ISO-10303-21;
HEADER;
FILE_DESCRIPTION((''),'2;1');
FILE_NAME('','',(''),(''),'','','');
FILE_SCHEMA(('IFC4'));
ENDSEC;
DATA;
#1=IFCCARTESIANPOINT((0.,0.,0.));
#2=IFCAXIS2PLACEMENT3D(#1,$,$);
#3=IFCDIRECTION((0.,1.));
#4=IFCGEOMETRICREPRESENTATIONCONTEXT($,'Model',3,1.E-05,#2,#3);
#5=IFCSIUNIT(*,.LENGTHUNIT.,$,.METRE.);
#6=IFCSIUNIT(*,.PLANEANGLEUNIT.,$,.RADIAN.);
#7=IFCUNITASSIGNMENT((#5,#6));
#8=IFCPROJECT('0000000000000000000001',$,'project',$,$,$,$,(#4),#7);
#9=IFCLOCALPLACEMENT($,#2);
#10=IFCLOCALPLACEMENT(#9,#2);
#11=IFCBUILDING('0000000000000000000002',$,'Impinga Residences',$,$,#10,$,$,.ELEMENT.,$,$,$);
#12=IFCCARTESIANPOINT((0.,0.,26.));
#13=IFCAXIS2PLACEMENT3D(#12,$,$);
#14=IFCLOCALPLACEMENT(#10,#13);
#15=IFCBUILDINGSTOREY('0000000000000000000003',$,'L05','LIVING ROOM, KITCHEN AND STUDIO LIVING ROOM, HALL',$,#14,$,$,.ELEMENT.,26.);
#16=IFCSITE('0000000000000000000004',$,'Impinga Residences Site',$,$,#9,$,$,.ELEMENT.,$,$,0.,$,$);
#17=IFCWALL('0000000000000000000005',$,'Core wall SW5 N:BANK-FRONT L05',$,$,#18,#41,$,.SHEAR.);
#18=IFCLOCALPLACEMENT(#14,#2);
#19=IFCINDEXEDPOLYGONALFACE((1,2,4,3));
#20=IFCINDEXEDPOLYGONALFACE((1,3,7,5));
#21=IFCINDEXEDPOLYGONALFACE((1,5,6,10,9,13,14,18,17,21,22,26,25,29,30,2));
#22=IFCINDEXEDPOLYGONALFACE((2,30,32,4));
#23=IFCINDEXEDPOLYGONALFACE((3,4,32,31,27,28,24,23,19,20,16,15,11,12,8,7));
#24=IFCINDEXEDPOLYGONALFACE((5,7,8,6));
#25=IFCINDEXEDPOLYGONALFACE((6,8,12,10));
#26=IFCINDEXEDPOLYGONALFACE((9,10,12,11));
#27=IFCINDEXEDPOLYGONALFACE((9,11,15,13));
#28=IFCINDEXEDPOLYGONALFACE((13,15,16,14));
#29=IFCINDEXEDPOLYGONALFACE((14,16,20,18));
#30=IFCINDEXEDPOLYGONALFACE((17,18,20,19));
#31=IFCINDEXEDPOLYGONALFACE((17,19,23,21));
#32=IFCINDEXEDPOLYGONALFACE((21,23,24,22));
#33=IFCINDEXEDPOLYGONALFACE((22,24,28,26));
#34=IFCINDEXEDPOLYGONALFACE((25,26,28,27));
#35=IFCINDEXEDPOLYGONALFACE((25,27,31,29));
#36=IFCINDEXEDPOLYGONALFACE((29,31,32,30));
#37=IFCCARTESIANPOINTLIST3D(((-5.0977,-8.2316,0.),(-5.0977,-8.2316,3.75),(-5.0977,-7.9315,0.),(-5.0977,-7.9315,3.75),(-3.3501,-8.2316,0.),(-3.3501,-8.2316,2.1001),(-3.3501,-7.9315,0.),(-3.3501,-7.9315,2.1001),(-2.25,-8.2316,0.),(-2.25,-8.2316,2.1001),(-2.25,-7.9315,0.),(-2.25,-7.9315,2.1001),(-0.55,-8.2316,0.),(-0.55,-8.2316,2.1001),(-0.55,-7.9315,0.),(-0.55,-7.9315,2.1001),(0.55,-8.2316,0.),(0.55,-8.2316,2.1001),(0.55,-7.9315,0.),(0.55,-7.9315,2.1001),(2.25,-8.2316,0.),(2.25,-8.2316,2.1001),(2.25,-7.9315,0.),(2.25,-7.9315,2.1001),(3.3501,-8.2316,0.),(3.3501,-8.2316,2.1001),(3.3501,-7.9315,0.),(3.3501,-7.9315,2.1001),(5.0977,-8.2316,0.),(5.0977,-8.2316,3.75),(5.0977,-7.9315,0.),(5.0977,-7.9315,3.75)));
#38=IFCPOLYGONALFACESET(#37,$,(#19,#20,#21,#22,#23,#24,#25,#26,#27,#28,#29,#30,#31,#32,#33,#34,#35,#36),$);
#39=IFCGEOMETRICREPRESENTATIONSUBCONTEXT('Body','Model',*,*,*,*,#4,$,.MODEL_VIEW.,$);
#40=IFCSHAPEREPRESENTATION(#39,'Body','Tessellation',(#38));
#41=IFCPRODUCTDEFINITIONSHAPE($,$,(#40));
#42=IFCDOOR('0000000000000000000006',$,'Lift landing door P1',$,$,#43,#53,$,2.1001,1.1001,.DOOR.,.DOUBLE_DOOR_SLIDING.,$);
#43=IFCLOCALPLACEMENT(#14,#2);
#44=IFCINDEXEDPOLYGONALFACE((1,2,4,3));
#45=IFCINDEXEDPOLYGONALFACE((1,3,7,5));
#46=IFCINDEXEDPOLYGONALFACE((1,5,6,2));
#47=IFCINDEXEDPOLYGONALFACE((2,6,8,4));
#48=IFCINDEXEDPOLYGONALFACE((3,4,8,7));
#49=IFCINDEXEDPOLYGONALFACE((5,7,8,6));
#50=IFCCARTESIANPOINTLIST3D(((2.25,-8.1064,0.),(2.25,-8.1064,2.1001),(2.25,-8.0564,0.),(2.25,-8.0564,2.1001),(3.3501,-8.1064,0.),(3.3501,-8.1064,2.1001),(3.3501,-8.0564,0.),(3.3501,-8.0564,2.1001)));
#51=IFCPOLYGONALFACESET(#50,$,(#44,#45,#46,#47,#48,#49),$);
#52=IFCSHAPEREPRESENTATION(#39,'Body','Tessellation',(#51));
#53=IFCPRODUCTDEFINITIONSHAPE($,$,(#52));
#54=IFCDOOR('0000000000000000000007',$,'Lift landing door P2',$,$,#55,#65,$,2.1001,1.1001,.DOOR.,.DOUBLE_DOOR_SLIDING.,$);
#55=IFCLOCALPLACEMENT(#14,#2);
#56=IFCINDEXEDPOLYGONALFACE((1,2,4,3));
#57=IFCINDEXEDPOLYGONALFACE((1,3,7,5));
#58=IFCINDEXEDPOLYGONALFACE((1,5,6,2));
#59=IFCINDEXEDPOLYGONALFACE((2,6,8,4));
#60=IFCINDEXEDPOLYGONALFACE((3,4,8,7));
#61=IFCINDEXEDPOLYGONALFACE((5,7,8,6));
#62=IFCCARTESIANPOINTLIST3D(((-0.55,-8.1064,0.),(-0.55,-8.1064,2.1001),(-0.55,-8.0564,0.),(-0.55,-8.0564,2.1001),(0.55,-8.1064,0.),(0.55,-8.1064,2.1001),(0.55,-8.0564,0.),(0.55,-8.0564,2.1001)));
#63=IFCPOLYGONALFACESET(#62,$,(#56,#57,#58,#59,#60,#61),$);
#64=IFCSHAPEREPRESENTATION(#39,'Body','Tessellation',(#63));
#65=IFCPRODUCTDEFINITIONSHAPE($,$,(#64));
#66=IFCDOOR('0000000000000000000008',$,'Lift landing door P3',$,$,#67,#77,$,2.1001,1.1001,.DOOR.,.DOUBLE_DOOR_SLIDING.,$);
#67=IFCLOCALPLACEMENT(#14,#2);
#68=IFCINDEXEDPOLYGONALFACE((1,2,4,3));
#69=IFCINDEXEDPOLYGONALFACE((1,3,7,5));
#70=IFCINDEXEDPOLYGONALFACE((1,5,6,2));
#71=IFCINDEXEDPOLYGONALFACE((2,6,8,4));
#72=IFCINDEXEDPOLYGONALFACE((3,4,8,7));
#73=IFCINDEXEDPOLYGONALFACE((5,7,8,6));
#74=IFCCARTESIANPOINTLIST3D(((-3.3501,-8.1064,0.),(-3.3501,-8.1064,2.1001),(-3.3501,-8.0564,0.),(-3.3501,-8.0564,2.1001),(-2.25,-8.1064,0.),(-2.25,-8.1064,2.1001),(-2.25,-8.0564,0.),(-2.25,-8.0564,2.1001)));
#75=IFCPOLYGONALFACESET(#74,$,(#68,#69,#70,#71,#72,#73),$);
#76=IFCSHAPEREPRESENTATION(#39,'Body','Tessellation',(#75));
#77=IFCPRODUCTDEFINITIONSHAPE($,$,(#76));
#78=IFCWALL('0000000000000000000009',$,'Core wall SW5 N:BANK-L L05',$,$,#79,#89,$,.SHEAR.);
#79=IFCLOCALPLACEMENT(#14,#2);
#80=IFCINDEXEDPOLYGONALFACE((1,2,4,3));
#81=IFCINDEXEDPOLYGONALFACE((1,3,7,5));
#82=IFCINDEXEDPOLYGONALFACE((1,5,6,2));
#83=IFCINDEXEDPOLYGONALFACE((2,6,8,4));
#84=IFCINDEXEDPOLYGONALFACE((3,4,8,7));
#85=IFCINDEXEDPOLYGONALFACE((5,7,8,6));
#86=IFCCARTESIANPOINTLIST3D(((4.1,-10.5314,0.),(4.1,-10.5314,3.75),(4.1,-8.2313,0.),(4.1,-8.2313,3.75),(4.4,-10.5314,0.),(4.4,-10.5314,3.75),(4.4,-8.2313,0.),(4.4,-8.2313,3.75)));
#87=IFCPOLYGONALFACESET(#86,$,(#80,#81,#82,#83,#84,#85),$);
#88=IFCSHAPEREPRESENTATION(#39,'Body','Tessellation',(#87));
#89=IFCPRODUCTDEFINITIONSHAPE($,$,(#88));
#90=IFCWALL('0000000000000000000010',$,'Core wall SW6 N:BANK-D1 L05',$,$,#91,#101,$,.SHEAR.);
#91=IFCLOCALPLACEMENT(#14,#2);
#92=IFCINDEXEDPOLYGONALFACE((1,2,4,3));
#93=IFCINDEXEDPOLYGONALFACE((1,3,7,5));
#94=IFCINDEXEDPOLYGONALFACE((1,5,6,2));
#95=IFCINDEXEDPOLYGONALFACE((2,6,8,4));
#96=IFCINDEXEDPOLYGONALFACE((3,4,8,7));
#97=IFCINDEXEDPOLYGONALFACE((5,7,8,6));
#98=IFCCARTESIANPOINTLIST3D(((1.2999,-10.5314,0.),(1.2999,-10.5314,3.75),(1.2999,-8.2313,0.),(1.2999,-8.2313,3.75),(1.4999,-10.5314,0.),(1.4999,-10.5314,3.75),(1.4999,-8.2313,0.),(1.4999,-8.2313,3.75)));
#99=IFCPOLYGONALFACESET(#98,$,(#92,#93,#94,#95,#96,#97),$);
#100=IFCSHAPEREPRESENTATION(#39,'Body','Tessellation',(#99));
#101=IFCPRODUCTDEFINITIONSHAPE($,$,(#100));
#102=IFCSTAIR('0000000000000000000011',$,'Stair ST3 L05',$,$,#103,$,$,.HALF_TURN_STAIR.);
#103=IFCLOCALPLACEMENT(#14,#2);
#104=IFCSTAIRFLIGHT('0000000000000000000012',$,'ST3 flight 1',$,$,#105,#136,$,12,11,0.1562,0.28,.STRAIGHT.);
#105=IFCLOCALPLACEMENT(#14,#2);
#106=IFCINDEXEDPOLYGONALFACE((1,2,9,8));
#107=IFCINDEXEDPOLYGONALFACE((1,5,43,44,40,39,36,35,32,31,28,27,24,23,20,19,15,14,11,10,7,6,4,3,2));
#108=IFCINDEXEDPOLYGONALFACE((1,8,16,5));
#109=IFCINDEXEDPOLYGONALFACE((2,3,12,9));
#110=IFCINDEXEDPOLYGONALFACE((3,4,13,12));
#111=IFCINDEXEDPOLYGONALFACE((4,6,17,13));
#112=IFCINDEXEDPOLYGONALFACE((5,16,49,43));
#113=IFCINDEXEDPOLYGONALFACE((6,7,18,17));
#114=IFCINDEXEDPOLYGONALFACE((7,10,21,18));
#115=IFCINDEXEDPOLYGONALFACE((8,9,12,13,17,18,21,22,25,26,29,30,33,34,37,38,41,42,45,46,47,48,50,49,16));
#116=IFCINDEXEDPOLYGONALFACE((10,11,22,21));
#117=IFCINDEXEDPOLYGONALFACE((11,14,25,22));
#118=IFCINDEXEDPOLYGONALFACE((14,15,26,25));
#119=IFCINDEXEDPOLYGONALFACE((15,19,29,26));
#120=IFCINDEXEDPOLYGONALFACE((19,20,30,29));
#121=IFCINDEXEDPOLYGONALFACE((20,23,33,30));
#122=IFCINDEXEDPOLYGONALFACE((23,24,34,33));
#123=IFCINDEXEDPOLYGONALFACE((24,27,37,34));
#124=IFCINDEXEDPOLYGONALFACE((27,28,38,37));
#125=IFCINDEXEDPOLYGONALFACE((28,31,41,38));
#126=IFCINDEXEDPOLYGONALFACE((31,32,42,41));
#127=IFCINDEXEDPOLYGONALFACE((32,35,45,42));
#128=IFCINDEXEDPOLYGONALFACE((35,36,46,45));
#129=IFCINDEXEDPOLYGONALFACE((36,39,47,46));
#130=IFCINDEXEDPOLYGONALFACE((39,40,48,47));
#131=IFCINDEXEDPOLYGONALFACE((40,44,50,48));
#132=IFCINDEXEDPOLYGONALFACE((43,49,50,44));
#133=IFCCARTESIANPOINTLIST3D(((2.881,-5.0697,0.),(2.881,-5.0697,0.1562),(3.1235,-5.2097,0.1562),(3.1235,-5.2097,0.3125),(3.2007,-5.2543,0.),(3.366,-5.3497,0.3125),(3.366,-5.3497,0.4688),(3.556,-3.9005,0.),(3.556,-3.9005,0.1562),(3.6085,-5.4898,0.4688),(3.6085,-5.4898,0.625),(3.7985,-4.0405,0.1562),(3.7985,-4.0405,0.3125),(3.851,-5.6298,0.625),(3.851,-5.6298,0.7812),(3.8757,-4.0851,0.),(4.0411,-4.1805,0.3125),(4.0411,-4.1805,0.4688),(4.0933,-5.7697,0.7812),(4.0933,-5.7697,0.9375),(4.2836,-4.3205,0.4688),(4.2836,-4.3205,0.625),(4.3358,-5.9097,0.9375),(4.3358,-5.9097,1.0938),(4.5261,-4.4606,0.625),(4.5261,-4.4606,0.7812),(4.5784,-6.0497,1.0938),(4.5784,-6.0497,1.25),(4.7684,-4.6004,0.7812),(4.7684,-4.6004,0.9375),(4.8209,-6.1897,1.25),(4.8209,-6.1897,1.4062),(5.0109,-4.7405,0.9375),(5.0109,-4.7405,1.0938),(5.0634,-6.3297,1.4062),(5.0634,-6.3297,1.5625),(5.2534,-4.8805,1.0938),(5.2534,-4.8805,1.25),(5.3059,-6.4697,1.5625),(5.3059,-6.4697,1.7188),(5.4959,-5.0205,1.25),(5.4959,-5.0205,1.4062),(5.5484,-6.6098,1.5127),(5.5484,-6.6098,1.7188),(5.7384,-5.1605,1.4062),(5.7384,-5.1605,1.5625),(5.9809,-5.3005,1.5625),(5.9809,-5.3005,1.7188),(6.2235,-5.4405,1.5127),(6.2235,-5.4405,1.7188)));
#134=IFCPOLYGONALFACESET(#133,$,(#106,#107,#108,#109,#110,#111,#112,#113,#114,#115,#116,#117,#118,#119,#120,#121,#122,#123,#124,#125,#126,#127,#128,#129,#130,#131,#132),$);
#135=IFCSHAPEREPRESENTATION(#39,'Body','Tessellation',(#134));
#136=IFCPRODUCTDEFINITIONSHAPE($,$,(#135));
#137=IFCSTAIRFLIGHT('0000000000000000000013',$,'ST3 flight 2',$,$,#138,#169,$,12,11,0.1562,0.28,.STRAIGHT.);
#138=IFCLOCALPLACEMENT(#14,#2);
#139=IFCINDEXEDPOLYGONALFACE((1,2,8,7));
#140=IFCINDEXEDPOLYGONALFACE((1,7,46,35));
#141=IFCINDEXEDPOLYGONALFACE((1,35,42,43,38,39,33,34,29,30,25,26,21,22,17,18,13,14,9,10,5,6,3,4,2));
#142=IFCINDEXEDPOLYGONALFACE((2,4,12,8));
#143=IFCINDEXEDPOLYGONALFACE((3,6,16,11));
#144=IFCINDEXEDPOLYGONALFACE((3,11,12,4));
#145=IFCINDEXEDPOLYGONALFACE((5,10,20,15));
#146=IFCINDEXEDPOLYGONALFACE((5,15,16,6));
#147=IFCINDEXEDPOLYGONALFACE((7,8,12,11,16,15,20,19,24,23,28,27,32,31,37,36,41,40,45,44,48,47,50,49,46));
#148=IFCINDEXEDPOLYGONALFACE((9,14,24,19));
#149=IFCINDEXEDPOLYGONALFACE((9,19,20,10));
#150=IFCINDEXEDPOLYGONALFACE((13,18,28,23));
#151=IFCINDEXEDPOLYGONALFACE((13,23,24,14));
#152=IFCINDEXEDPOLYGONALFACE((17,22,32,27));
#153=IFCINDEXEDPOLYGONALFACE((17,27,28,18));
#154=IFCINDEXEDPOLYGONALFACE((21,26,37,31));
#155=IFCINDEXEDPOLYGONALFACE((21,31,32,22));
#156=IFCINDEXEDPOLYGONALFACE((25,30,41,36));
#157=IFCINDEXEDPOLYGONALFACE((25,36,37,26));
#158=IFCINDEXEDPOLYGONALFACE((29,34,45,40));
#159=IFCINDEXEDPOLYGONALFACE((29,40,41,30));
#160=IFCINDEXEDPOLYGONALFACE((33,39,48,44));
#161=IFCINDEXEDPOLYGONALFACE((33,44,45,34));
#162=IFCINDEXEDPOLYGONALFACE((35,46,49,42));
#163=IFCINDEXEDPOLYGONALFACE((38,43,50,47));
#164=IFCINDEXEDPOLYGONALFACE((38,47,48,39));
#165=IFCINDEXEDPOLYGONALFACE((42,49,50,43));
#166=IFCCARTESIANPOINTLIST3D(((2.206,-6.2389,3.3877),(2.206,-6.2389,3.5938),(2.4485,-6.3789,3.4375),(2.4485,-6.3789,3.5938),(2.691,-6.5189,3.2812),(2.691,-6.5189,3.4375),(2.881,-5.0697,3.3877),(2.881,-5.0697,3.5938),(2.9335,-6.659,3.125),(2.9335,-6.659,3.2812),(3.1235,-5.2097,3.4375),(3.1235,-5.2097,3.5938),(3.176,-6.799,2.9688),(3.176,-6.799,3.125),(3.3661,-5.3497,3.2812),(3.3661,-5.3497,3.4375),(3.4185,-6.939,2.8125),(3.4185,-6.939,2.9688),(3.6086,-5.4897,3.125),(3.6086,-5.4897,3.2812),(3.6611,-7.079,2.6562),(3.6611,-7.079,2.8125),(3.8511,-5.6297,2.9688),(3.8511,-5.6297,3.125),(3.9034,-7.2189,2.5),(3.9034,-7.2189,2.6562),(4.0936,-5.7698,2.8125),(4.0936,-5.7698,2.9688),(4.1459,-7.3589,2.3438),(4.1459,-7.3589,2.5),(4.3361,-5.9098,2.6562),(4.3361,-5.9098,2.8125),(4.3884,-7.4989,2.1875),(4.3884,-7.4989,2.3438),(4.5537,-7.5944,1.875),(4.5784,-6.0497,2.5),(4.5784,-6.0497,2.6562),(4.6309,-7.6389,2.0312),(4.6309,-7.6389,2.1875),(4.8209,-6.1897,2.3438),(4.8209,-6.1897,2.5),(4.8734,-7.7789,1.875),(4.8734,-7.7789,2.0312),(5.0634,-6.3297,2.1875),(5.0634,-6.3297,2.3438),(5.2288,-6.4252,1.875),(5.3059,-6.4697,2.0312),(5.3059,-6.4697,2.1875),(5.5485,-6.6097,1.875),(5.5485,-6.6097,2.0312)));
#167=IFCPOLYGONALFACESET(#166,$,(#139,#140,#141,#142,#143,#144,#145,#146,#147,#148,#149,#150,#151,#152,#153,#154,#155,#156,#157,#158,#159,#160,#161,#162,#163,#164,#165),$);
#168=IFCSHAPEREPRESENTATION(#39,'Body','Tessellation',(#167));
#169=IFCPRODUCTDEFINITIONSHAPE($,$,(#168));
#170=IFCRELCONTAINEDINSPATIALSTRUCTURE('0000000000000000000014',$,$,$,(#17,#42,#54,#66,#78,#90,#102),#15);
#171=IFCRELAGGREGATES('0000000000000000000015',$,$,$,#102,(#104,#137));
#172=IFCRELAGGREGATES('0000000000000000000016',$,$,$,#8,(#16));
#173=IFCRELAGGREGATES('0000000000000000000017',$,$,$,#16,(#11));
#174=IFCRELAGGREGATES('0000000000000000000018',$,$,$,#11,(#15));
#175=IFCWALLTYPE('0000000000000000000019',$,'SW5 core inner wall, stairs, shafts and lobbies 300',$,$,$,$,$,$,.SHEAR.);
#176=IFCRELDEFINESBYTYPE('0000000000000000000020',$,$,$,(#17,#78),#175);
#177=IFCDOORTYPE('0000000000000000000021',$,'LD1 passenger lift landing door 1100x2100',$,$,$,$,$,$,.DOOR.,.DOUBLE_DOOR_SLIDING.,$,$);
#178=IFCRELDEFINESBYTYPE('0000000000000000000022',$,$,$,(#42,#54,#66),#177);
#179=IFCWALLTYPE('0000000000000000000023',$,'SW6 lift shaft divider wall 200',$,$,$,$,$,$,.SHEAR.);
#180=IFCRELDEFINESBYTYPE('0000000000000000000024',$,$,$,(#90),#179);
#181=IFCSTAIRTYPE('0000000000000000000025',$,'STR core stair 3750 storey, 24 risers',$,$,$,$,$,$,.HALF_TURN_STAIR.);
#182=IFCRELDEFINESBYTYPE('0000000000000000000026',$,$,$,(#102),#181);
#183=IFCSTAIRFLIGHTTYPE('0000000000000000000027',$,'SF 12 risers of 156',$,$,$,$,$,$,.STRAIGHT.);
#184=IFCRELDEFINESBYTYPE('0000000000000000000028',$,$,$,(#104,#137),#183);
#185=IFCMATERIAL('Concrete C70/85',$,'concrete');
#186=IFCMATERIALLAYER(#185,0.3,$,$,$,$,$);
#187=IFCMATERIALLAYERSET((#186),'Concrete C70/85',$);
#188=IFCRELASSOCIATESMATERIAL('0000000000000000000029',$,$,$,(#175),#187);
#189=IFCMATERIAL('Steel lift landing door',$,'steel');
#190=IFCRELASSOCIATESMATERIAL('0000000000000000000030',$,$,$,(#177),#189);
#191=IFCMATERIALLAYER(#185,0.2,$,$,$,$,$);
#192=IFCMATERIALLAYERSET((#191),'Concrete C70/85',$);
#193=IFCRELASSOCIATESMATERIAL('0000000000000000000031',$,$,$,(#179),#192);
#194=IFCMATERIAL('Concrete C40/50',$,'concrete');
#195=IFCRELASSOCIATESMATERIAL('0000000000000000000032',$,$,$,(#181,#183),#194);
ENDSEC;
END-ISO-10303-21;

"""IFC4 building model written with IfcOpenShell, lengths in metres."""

from ifc_helpers import new_model, si_unit, direction, frame, frame_2d, origin, place, context, subcontext, project, spatial, polyline, rectangle, outline, extrude, material, layer, layer_set, type_object, element, fill, aggregate, save


model = new_model("IFC4")

# Units and contexts
model_context = context("Model", 3, precision=1e-05, world=origin(), true_north=direction((0.0, 1.0)))
body_context = subcontext(model_context, "Body", "Model", "MODEL_VIEW")
ifc_project = project(units=[si_unit("LENGTHUNIT", "METRE"), si_unit("PLANEANGLEUNIT", "RADIAN")], contexts=[model_context])

# Site, building, storey
site_placement = place(None, origin())
site = spatial("IfcSite", under=ifc_project, at=site_placement, Name="Impinga Residences Site", CompositionType="ELEMENT", RefElevation=0.0)
building_placement = place(site_placement, origin())
building = spatial("IfcBuilding", under=site, at=building_placement, Name="Impinga Residences", CompositionType="ELEMENT")
storey_placement = place(building_placement, frame((0.0, 0.0, 26.0)))
storey = spatial("IfcBuildingStorey", under=building, at=storey_placement, Name="L05", Description="LIVING ROOM, KITCHEN AND STUDIO LIVING ROOM, HALL", CompositionType="ELEMENT", Elevation=26.0)

# Shared definitions
ifc_material_1 = material(Name="Concrete C70/85", Category="concrete")

# Shared definitions
ifc_layer_1 = layer(ifc_material_1, 0.3)
ifc_layer_set_1 = layer_set([ifc_layer_1], Name="Concrete C70/85")
wall_type_1 = type_object("IfcWallType", Name="SW5 core inner wall, stairs, shafts and lobbies 300", PredefinedType="SHEAR", material=ifc_layer_set_1)

# Wall, openings, doors
wall_1_placement = place(storey_placement, frame((5.0977, -8.0815, 0.0), z_axis=(0.0, 0.0, 1.0), x_axis=(-1.0, 0.0, 0.0)))
wall_1 = element("IfcWall", 1, at=wall_1_placement, inside=storey, type_object=wall_type_1, Name="Core wall SW5 N:BANK-FRONT L05", PredefinedType="SHEAR", context=body_context, shape_type="SweptSolid", body=[
    extrude(rectangle(XDim=10.1953, YDim=0.3, at=frame_2d((5.0977, 0.0))), origin(), (0.0, 0.0, 1.0), 3.75),
])
opening_1_placement = place(wall_1_placement, frame((1.7476, 0.0, 0.0)))
opening_1 = element("IfcOpeningElement", 2, at=opening_1_placement, cuts=wall_1, PredefinedType="OPENING", context=body_context, shape_type="SweptSolid", body=[
    extrude(rectangle(XDim=1.1001, YDim=2.1001, at=frame_2d((0.55, 1.05))), frame((0.0, 0.1599, 0.0), z_axis=(0.0, -1.0, 0.0), x_axis=(1.0, 0.0, 0.0)), (0.0, 0.0, 1.0), 0.3201),
])
opening_2_placement = place(wall_1_placement, frame((4.5476, 0.0, 0.0)))
opening_2 = element("IfcOpeningElement", 3, at=opening_2_placement, cuts=wall_1, PredefinedType="OPENING", context=body_context, shape_type="SweptSolid", body=[
    extrude(rectangle(XDim=1.1001, YDim=2.1001, at=frame_2d((0.55, 1.05))), frame((0.0, 0.1599, 0.0), z_axis=(0.0, -1.0, 0.0), x_axis=(1.0, 0.0, 0.0)), (0.0, 0.0, 1.0), 0.3201),
])
opening_3_placement = place(wall_1_placement, frame((7.3477, 0.0, 0.0)))
opening_3 = element("IfcOpeningElement", 4, at=opening_3_placement, cuts=wall_1, PredefinedType="OPENING", context=body_context, shape_type="SweptSolid", body=[
    extrude(rectangle(XDim=1.1001, YDim=2.1001, at=frame_2d((0.55, 1.05))), frame((0.0, 0.1599, 0.0), z_axis=(0.0, -1.0, 0.0), x_axis=(1.0, 0.0, 0.0)), (0.0, 0.0, 1.0), 0.3201),
])
ifc_material_2 = material(Name="Steel lift landing door", Category="steel")
door_type_1 = type_object("IfcDoorType", Name="LD1 passenger lift landing door 1100x2100", OperationType="DOUBLE_DOOR_SLIDING", PredefinedType="DOOR", material=ifc_material_2)
door_1_placement = place(opening_1_placement, origin())
door_1 = element("IfcDoor", 5, at=door_1_placement, inside=storey, type_object=door_type_1, Name="Lift landing door P1", OperationType="DOUBLE_DOOR_SLIDING", OverallHeight=2.1001, OverallWidth=1.1001, PredefinedType="DOOR", context=body_context, shape_type="SweptSolid", body=[
    extrude(rectangle(XDim=1.1001, YDim=2.1001, at=frame_2d((0.55, 1.05))), frame((0.0, 0.0249, 0.0), z_axis=(0.0, -1.0, 0.0), x_axis=(1.0, 0.0, 0.0)), (0.0, 0.0, 1.0), 0.05),
])
fill(opening_1, door_1)
door_2_placement = place(opening_2_placement, origin())
door_2 = element("IfcDoor", 6, at=door_2_placement, inside=storey, type_object=door_type_1, Name="Lift landing door P2", OperationType="DOUBLE_DOOR_SLIDING", OverallHeight=2.1001, OverallWidth=1.1001, PredefinedType="DOOR", context=body_context, shape_type="SweptSolid", body=[
    extrude(rectangle(XDim=1.1001, YDim=2.1001, at=frame_2d((0.55, 1.05))), frame((0.0, 0.0249, 0.0), z_axis=(0.0, -1.0, 0.0), x_axis=(1.0, 0.0, 0.0)), (0.0, 0.0, 1.0), 0.05),
])
fill(opening_2, door_2)
door_3_placement = place(opening_3_placement, origin())
door_3 = element("IfcDoor", 7, at=door_3_placement, inside=storey, type_object=door_type_1, Name="Lift landing door P3", OperationType="DOUBLE_DOOR_SLIDING", OverallHeight=2.1001, OverallWidth=1.1001, PredefinedType="DOOR", context=body_context, shape_type="SweptSolid", body=[
    extrude(rectangle(XDim=1.1001, YDim=2.1001, at=frame_2d((0.55, 1.05))), frame((0.0, 0.0249, 0.0), z_axis=(0.0, -1.0, 0.0), x_axis=(1.0, 0.0, 0.0)), (0.0, 0.0, 1.0), 0.05),
])
fill(opening_3, door_3)

# Walls
wall_2_placement = place(storey_placement, frame((4.25, -8.2314, 0.0), z_axis=(0.0, 0.0, 1.0), x_axis=(0.0, -1.0, 0.0)))
element("IfcWall", 8, at=wall_2_placement, inside=storey, type_object=wall_type_1, Name="Core wall SW5 N:BANK-L L05", PredefinedType="SHEAR", context=body_context, shape_type="SweptSolid", body=[
    extrude(rectangle(XDim=2.3, YDim=0.3, at=frame_2d((1.1499, 0.0))), origin(), (0.0, 0.0, 1.0), 3.75),
])
ifc_layer_2 = layer(ifc_material_1, 0.2)
ifc_layer_set_2 = layer_set([ifc_layer_2], Name="Concrete C70/85")
wall_type_2 = type_object("IfcWallType", Name="SW6 lift shaft divider wall 200", PredefinedType="SHEAR", material=ifc_layer_set_2)
wall_3_placement = place(storey_placement, frame((1.3999, -8.2314, 0.0), z_axis=(0.0, 0.0, 1.0), x_axis=(0.0, -1.0, 0.0)))
element("IfcWall", 9, at=wall_3_placement, inside=storey, type_object=wall_type_2, Name="Core wall SW6 N:BANK-D1 L05", PredefinedType="SHEAR", context=body_context, shape_type="SweptSolid", body=[
    extrude(rectangle(XDim=2.3, YDim=0.2, at=frame_2d((1.1499, 0.0))), origin(), (0.0, 0.0, 1.0), 3.75),
])

# Stair, stair flights
ifc_material_3 = material(Name="Concrete C40/50", Category="concrete")
stair_type = type_object("IfcStairType", Name="STR core stair 3750 storey, 24 risers", PredefinedType="HALF_TURN_STAIR", material=ifc_material_3)
stair_placement = place(storey_placement, origin())
stair = element("IfcStair", 10, at=stair_placement, inside=storey, type_object=stair_type, Name="Stair ST3 L05", PredefinedType="HALF_TURN_STAIR")
stair_flight_type = type_object("IfcStairFlightType", Name="SF 12 risers of 156", PredefinedType="STRAIGHT", material=ifc_material_3)
stair_flight_1_placement = place(storey_placement, frame((3.2185, -4.4851, 0.0), z_axis=(0.0, 0.0, 1.0), x_axis=(0.866025, -0.5, 0.0)))
stair_flight_1 = element("IfcStairFlight", 11, at=stair_flight_1_placement, type_object=stair_flight_type, Name="ST3 flight 1", NumberOfRisers=12, NumberOfTreads=11, PredefinedType="STRAIGHT", RiserHeight=0.1562, TreadLength=0.28, context=body_context, shape_type="SweptSolid", body=[
    extrude(outline(polyline([(0.0, 0.0), (0.0, 0.1562), (0.28, 0.1562), (0.28, 0.3125), (0.5601, 0.3125), (0.5601, 0.4688), (0.8401, 0.4688), (0.8401, 0.625), (1.1201, 0.625), (1.1201, 0.7812), (1.3999, 0.7812), (1.3999, 0.9375), (1.6799, 0.9375), (1.6799, 1.0938), (1.96, 1.0938), (1.96, 1.25), (2.24, 1.25), (2.24, 1.4062), (2.52, 1.4062), (2.52, 1.5625), (2.8, 1.5625), (2.8, 1.7188), (3.0801, 1.7188), (3.0801, 1.875), (3.0801, 1.5127), (0.3691, 0.0), (0.0, 0.0)])), frame((0.0, 0.675, 0.0), z_axis=(0.0, -1.0, 0.0), x_axis=(1.0, 0.0, 0.0)), (0.0, 0.0, 1.0), 1.3501),
])
stair_flight_2_placement = place(storey_placement, frame((5.2109, -7.1943, 1.875), z_axis=(0.0, 0.0, 1.0), x_axis=(-0.866025, 0.5, 0.0)))
stair_flight_2 = element("IfcStairFlight", 12, at=stair_flight_2_placement, type_object=stair_flight_type, Name="ST3 flight 2", NumberOfRisers=12, NumberOfTreads=11, PredefinedType="STRAIGHT", RiserHeight=0.1562, TreadLength=0.28, context=body_context, shape_type="SweptSolid", body=[
    extrude(outline(polyline([(0.0, 0.0), (0.0, 0.1562), (0.28, 0.1562), (0.28, 0.3125), (0.5601, 0.3125), (0.5601, 0.4688), (0.8401, 0.4688), (0.8401, 0.625), (1.1201, 0.625), (1.1201, 0.7812), (1.3999, 0.7812), (1.3999, 0.9375), (1.6799, 0.9375), (1.6799, 1.0938), (1.96, 1.0938), (1.96, 1.25), (2.24, 1.25), (2.24, 1.4062), (2.52, 1.4062), (2.52, 1.5625), (2.8, 1.5625), (2.8, 1.7188), (3.0801, 1.7188), (3.0801, 1.875), (3.0801, 1.5127), (0.3691, 0.0), (0.0, 0.0)])), frame((0.0, 0.675, 0.0), z_axis=(0.0, -1.0, 0.0), x_axis=(1.0, 0.0, 0.0)), (0.0, 0.0, 1.0), 1.3501),
])
aggregate(stair, [stair_flight_1, stair_flight_2])

save(model, "model.ifc")
